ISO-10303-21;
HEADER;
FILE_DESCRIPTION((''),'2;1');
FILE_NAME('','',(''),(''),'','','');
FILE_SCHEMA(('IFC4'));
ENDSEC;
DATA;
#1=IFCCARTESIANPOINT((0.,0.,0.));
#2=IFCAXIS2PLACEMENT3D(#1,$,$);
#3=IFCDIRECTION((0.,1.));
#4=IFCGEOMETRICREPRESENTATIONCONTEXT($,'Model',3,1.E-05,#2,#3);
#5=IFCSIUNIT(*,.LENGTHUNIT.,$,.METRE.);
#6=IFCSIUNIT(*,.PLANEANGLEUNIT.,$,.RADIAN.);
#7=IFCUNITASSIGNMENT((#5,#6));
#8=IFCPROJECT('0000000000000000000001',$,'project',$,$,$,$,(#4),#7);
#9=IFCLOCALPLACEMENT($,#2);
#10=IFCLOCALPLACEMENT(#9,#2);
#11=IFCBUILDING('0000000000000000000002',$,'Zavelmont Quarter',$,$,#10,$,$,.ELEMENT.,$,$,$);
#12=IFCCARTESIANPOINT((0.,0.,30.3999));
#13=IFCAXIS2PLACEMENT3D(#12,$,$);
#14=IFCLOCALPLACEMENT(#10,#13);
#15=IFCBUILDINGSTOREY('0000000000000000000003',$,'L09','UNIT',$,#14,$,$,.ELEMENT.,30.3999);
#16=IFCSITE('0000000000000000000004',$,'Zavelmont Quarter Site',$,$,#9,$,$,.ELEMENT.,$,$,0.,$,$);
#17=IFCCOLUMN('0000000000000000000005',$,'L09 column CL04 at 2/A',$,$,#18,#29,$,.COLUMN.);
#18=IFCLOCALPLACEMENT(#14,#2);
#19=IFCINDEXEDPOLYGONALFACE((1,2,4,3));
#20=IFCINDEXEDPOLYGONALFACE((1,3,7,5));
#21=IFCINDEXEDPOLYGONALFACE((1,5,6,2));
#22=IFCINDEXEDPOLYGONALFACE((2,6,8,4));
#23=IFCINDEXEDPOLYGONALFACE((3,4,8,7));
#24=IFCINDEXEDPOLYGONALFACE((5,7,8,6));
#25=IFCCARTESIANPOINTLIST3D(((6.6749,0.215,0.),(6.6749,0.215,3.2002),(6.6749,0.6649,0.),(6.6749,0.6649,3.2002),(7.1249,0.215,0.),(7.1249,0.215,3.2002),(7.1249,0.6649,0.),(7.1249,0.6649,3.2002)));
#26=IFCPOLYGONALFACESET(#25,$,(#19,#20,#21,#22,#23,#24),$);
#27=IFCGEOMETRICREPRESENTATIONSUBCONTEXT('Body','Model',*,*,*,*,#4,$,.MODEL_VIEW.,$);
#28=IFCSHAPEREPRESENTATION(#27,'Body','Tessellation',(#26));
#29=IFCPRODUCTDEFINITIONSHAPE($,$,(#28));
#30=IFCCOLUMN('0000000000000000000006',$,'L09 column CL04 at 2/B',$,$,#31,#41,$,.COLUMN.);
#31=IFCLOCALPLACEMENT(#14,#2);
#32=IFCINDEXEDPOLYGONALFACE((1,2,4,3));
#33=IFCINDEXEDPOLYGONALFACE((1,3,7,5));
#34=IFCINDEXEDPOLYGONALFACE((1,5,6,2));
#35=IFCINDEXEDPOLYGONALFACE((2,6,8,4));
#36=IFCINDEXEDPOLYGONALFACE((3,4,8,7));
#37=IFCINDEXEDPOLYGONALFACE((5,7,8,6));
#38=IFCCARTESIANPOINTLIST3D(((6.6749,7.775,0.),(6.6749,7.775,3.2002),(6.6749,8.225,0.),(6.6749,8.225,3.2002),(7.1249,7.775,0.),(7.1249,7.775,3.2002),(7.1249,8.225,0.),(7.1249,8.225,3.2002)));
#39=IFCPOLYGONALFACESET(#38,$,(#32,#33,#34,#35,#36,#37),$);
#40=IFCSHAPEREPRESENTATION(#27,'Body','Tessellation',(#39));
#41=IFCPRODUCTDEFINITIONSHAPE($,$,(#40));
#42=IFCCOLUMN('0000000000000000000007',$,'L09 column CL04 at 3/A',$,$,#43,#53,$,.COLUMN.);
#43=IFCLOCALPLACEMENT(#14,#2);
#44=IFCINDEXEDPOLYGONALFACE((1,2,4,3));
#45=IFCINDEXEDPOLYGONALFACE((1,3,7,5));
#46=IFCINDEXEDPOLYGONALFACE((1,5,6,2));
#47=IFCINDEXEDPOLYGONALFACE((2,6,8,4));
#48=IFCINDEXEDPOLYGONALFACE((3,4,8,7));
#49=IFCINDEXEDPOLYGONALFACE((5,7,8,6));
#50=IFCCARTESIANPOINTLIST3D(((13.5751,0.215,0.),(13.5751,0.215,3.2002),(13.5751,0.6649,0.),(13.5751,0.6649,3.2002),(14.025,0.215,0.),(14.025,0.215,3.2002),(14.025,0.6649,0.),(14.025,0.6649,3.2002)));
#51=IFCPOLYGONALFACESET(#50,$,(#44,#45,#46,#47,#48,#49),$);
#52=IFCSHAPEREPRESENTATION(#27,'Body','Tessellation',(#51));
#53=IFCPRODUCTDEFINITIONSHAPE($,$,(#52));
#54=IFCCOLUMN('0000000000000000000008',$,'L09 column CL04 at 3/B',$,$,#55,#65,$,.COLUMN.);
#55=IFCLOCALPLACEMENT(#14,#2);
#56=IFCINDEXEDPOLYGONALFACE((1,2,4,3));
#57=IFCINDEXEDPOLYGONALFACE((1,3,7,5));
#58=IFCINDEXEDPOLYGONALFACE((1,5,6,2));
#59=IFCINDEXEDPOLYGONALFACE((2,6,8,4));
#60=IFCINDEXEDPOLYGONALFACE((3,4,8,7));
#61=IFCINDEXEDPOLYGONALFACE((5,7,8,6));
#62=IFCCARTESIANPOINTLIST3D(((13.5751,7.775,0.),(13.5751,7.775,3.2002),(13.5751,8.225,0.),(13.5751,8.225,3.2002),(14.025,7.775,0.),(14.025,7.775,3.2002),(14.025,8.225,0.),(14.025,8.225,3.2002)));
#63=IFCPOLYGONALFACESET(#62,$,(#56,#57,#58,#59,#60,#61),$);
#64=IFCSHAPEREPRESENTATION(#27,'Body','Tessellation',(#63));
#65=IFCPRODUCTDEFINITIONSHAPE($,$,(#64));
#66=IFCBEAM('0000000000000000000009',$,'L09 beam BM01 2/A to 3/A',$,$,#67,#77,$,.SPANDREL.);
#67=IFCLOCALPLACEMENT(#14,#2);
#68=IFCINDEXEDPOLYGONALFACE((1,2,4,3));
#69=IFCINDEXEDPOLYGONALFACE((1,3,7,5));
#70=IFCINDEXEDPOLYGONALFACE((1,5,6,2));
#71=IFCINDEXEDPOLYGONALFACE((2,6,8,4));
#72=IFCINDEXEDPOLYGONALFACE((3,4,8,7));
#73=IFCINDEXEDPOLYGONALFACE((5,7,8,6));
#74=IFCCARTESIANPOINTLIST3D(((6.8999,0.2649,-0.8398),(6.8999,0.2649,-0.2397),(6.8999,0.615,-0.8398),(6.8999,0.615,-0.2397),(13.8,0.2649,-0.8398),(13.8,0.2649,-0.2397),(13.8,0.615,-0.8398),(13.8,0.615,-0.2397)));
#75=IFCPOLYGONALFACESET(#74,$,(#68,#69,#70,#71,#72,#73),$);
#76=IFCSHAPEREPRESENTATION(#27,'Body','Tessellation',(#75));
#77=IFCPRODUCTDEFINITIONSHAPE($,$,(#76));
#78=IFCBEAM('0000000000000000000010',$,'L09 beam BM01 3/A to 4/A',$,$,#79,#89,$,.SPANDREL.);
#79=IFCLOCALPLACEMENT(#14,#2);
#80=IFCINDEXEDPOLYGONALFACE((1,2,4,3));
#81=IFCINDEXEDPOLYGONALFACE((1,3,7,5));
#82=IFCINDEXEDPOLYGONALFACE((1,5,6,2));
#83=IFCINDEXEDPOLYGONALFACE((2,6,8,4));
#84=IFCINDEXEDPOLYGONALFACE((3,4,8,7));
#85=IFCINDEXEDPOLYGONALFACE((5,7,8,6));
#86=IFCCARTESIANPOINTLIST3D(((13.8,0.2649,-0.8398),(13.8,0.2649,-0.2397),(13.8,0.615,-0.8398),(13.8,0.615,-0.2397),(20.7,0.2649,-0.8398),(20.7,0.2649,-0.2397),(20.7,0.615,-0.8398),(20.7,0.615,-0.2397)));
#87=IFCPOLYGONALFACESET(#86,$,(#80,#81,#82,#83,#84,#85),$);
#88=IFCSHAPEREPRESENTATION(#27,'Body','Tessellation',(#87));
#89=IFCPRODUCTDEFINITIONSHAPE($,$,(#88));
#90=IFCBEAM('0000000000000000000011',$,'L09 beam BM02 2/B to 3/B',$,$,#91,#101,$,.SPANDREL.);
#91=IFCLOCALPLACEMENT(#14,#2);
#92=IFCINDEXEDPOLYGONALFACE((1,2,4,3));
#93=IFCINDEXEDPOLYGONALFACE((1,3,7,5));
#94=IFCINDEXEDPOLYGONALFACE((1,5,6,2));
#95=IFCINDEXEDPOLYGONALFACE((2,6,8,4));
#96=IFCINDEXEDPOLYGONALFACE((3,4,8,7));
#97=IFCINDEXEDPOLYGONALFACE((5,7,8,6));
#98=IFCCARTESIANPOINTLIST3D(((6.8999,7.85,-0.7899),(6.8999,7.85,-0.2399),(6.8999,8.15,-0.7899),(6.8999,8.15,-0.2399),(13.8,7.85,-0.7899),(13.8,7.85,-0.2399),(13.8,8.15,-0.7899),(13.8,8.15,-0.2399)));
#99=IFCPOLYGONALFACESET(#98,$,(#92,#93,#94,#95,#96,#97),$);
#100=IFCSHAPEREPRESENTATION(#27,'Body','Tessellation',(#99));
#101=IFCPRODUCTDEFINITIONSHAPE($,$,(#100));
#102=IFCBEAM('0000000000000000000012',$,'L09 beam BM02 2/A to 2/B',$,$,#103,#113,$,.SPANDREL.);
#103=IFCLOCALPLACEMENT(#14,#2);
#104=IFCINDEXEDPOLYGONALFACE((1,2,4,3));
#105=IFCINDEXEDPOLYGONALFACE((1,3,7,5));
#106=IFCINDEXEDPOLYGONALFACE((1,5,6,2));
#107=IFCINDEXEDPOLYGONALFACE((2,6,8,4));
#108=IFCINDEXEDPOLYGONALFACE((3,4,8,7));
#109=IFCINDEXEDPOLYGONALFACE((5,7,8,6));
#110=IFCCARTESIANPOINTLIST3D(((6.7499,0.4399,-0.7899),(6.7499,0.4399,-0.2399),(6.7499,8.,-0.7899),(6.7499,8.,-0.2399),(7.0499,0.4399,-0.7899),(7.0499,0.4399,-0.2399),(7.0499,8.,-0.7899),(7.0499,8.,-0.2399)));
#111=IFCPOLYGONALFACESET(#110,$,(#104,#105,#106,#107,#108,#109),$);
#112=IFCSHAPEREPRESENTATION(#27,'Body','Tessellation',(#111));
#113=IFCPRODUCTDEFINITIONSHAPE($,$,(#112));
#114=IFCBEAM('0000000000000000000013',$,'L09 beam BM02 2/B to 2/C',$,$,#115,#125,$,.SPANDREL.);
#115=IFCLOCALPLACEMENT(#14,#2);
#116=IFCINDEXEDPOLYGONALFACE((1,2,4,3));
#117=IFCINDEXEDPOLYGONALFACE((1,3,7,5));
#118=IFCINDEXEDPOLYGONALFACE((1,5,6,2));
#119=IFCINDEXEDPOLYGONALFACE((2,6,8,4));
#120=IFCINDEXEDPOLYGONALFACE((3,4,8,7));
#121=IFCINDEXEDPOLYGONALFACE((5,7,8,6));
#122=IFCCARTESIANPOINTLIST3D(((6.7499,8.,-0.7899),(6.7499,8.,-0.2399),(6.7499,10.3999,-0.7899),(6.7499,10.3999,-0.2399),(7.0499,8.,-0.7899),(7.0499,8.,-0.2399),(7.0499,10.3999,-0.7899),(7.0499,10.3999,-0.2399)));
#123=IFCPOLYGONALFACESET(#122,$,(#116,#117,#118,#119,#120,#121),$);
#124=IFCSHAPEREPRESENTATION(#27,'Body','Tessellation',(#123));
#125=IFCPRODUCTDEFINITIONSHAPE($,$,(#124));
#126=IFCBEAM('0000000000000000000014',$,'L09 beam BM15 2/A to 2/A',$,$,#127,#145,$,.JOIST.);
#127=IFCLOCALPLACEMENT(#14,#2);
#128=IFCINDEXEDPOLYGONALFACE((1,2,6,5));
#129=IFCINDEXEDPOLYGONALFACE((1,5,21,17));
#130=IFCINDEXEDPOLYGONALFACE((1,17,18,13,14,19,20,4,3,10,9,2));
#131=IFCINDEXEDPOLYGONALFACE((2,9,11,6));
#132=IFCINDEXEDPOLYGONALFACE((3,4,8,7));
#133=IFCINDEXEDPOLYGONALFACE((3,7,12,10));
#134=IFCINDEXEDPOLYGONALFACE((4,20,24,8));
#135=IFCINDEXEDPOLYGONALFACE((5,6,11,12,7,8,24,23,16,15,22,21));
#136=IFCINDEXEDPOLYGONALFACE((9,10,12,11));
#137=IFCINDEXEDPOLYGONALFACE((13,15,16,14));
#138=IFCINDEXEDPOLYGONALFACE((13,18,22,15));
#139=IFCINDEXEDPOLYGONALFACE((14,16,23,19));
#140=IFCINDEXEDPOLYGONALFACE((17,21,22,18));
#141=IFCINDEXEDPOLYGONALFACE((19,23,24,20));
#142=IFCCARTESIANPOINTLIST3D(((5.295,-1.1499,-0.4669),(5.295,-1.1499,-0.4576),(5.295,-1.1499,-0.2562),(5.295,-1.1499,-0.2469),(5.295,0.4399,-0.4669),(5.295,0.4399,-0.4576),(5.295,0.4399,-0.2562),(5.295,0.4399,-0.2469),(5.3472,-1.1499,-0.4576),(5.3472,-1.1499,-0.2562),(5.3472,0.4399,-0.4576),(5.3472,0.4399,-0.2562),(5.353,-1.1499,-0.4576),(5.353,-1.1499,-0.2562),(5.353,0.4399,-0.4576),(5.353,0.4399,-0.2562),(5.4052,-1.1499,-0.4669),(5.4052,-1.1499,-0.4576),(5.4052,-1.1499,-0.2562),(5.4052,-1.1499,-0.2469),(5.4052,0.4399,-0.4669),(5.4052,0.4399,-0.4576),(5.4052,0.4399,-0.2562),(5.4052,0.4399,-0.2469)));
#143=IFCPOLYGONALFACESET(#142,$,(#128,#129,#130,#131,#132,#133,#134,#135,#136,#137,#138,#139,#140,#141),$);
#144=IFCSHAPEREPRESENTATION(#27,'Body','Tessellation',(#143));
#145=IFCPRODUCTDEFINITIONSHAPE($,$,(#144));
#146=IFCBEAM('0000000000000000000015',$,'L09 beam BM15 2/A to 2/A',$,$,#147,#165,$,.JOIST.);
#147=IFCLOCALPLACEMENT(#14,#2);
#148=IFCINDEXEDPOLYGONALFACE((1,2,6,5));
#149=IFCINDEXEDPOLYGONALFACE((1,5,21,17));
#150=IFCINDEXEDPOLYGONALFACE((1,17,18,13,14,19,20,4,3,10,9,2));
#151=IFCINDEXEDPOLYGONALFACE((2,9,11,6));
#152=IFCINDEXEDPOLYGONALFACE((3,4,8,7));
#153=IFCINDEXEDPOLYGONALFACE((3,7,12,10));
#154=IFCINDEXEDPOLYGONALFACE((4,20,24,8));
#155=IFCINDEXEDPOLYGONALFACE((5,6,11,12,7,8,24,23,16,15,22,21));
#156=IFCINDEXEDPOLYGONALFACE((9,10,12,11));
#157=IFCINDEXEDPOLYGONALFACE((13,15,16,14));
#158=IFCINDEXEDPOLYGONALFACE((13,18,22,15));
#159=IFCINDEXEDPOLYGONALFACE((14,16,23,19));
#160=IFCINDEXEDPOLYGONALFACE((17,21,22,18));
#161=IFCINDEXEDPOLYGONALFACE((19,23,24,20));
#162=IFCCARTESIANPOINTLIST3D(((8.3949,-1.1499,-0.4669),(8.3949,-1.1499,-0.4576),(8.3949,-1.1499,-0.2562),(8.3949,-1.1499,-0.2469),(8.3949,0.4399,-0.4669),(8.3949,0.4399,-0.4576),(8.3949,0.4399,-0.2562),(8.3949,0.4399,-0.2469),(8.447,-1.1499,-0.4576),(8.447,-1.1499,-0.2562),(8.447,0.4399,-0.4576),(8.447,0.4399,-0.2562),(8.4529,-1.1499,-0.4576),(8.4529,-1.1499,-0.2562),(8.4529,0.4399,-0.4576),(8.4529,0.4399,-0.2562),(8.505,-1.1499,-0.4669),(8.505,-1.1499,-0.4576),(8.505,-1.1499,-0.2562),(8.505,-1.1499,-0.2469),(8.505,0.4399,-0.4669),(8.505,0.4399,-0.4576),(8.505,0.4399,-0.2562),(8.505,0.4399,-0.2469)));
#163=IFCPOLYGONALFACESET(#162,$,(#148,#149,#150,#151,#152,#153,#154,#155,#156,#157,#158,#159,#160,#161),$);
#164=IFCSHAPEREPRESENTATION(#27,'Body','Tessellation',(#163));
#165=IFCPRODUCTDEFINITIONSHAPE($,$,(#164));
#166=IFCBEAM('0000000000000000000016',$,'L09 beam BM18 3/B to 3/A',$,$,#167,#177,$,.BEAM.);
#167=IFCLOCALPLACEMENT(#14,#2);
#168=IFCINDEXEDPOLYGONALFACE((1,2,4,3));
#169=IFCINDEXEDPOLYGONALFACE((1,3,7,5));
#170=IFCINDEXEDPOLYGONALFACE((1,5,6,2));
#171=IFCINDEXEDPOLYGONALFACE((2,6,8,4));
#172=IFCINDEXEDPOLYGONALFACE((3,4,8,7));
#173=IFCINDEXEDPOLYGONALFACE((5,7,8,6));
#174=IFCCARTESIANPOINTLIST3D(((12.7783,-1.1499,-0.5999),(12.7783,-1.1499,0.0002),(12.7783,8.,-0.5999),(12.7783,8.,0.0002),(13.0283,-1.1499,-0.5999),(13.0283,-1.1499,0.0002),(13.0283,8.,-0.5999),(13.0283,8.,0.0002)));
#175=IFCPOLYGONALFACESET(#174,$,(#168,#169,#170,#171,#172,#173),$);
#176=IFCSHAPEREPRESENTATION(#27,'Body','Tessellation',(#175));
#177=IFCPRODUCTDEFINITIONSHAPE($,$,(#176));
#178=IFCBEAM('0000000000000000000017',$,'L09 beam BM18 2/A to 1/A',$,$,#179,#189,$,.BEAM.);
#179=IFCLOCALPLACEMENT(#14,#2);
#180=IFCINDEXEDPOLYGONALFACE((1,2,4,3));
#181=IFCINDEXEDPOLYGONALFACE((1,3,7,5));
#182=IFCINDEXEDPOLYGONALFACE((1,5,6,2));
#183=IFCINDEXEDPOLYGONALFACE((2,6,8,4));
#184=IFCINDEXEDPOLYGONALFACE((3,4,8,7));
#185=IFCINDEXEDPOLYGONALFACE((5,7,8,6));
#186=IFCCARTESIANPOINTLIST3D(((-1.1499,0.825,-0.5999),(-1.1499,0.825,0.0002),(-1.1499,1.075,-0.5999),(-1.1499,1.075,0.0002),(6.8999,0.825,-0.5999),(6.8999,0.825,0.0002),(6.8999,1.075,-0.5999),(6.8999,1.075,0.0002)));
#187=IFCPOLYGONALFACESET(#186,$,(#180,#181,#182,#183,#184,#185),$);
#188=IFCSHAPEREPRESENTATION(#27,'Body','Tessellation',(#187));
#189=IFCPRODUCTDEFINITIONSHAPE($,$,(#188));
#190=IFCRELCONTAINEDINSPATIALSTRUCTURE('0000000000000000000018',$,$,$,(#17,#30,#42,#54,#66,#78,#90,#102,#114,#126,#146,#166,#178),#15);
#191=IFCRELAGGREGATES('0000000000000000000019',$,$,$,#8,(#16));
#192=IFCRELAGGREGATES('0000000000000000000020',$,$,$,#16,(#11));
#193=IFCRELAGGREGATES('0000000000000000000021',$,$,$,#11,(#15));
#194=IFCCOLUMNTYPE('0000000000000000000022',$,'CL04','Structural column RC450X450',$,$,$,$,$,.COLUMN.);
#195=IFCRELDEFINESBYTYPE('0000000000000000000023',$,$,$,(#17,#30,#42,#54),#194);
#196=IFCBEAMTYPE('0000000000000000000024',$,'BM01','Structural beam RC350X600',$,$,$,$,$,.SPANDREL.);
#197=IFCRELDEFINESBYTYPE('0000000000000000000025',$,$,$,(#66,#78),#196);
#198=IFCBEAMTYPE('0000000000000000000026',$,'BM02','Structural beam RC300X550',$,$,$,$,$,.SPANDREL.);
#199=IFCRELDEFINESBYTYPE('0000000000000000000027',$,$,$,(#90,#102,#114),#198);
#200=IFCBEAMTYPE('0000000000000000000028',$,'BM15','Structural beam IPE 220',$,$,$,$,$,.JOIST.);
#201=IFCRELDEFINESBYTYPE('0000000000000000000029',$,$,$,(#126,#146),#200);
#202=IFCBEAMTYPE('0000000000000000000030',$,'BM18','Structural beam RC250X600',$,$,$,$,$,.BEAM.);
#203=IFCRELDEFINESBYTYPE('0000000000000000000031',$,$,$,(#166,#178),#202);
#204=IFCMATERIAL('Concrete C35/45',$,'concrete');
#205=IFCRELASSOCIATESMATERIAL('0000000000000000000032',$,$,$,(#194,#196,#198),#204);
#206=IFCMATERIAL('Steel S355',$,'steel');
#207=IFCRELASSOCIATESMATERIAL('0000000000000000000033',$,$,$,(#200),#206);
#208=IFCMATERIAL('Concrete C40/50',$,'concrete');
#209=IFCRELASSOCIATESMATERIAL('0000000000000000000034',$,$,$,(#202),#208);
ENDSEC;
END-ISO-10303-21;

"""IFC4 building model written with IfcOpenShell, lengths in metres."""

from ifc_helpers import new_model, si_unit, direction, frame, origin, origin_2d, place, context, subcontext, project, spatial, rectangle, i_section, extrude, material, material_profile, profile_set, type_object, element, save


model = new_model("IFC4")

# Units and contexts
model_context = context("Model", 3, precision=1e-05, world=origin(), true_north=direction((0.0, 1.0)))
body_context = subcontext(model_context, "Body", "Model", "MODEL_VIEW")
ifc_project = project(units=[si_unit("LENGTHUNIT", "METRE"), si_unit("PLANEANGLEUNIT", "RADIAN")], contexts=[model_context])

# Site, building, storey
site_placement = place(None, origin())
site = spatial("IfcSite", under=ifc_project, at=site_placement, Name="Zavelmont Quarter Site", CompositionType="ELEMENT", RefElevation=0.0)
building_placement = place(site_placement, origin())
building = spatial("IfcBuilding", under=site, at=building_placement, Name="Zavelmont Quarter", CompositionType="ELEMENT")
storey_placement = place(building_placement, frame((0.0, 0.0, 30.3999)))
storey = spatial("IfcBuildingStorey", under=building, at=storey_placement, Name="L09", Description="UNIT", CompositionType="ELEMENT", Elevation=30.3999)

# Columns
ifc_material_1 = material(Name="Concrete C35/45", Category="concrete")
ifc_material_profile_1 = material_profile(ifc_material_1, rectangle(XDim=0.45, YDim=0.45, at=origin_2d()), Name="RC450X450")
ifc_profile_set_1 = profile_set([ifc_material_profile_1], Name="Concrete C35/45")
column_type = type_object("IfcColumnType", Name="CL04", Description="Structural column RC450X450", PredefinedType="COLUMN", material=ifc_profile_set_1)
for number, where, z_axis, x_axis, name in (
    (1, (6.8999, 0.4399, 0.0), (0.0, 0.0, 1.0), (1.0, 0.0, 0.0), "L09 column CL04 at 2/A"),
    (2, (6.8999, 8.0, 0.0), (0.0, 0.0, 1.0), (1.0, 0.0, 0.0), "L09 column CL04 at 2/B"),
    (3, (13.8, 0.4399, 0.0), (0.0, 0.0, 1.0), (1.0, 0.0, 0.0), "L09 column CL04 at 3/A"),
    (4, (13.8, 8.0, 0.0), (0.0, 0.0, 1.0), (1.0, 0.0, 0.0), "L09 column CL04 at 3/B"),
):
    element("IfcColumn", number, at=place(storey_placement, frame(where, z_axis=z_axis, x_axis=x_axis)), inside=storey, type_object=column_type, Name=name, PredefinedType="COLUMN", context=body_context, shape_type="SweptSolid", body=[
        extrude(rectangle(XDim=0.45, YDim=0.45, at=origin_2d()), origin(), (0.0, 0.0, 1.0), 3.2002),
    ])

# Beams
ifc_material_profile_2 = material_profile(ifc_material_1, rectangle(XDim=0.3501, YDim=0.6001, at=origin_2d()), Name="RC350X600")
ifc_profile_set_2 = profile_set([ifc_material_profile_2], Name="Concrete C35/45")
beam_type_1 = type_object("IfcBeamType", Name="BM01", Description="Structural beam RC350X600", PredefinedType="SPANDREL", material=ifc_profile_set_2)
beam_1_placement = place(storey_placement, frame((6.8999, 0.4399, -0.5398), z_axis=(1.0, 0.0, 0.0), x_axis=(0.0, 1.0, 0.0)))
element("IfcBeam", 5, at=beam_1_placement, inside=storey, type_object=beam_type_1, Name="L09 beam BM01 2/A to 3/A", PredefinedType="SPANDREL", context=body_context, shape_type="SweptSolid", body=[
    extrude(rectangle(XDim=0.3501, YDim=0.6001, at=origin_2d()), origin(), (0.0, 0.0, 1.0), 6.9001),
])
beam_2_placement = place(storey_placement, frame((13.8, 0.4399, -0.5398), z_axis=(1.0, 0.0, 0.0), x_axis=(0.0, 1.0, 0.0)))
element("IfcBeam", 6, at=beam_2_placement, inside=storey, type_object=beam_type_1, Name="L09 beam BM01 3/A to 4/A", PredefinedType="SPANDREL", context=body_context, shape_type="SweptSolid", body=[
    extrude(rectangle(XDim=0.3501, YDim=0.6001, at=origin_2d()), origin(), (0.0, 0.0, 1.0), 6.8999),
])
ifc_material_profile_3 = material_profile(ifc_material_1, rectangle(XDim=0.3, YDim=0.55, at=origin_2d()), Name="RC300X550")
ifc_profile_set_3 = profile_set([ifc_material_profile_3], Name="Concrete C35/45")
beam_type_2 = type_object("IfcBeamType", Name="BM02", Description="Structural beam RC300X550", PredefinedType="SPANDREL", material=ifc_profile_set_3)
beam_3_placement = place(storey_placement, frame((6.8999, 8.0, -0.5149), z_axis=(1.0, 0.0, 0.0), x_axis=(0.0, 1.0, 0.0)))
element("IfcBeam", 7, at=beam_3_placement, inside=storey, type_object=beam_type_2, Name="L09 beam BM02 2/B to 3/B", PredefinedType="SPANDREL", context=body_context, shape_type="SweptSolid", body=[
    extrude(rectangle(XDim=0.3, YDim=0.55, at=origin_2d()), origin(), (0.0, 0.0, 1.0), 6.9001),
])
beam_4_placement = place(storey_placement, frame((6.8999, 0.4399, -0.5149), z_axis=(0.0, 1.0, 0.0), x_axis=(-1.0, 0.0, 0.0)))
element("IfcBeam", 8, at=beam_4_placement, inside=storey, type_object=beam_type_2, Name="L09 beam BM02 2/A to 2/B", PredefinedType="SPANDREL", context=body_context, shape_type="SweptSolid", body=[
    extrude(rectangle(XDim=0.3, YDim=0.55, at=origin_2d()), origin(), (0.0, 0.0, 1.0), 7.5601),
])
beam_5_placement = place(storey_placement, frame((6.8999, 8.0, -0.5149), z_axis=(0.0, 1.0, 0.0), x_axis=(-1.0, 0.0, 0.0)))
element("IfcBeam", 9, at=beam_5_placement, inside=storey, type_object=beam_type_2, Name="L09 beam BM02 2/B to 2/C", PredefinedType="SPANDREL", context=body_context, shape_type="SweptSolid", body=[
    extrude(rectangle(XDim=0.3, YDim=0.55, at=origin_2d()), origin(), (0.0, 0.0, 1.0), 2.3999),
])
ifc_material_2 = material(Name="Steel S355", Category="steel")
ifc_material_profile_4 = material_profile(ifc_material_2, i_section(OverallWidth=0.1101, OverallDepth=0.22, WebThickness=0.0059, FlangeThickness=0.0093, at=origin_2d()), Name="IPE 220")
ifc_profile_set_4 = profile_set([ifc_material_profile_4], Name="Steel S355")
beam_type_3 = type_object("IfcBeamType", Name="BM15", Description="Structural beam IPE 220", PredefinedType="JOIST", material=ifc_profile_set_4)
for number, where, z_axis, x_axis, name in (
    (10, (5.3501, 0.4399, -0.3569), (0.0, -1.0, 0.0), (1.0, 0.0, 0.0), "L09 beam BM15 2/A to 2/A"),
    (11, (8.45, 0.4399, -0.3569), (0.0, -1.0, 0.0), (1.0, 0.0, 0.0), "L09 beam BM15 2/A to 2/A"),
):
    element("IfcBeam", number, at=place(storey_placement, frame(where, z_axis=z_axis, x_axis=x_axis)), inside=storey, type_object=beam_type_3, Name=name, PredefinedType="JOIST", context=body_context, shape_type="SweptSolid", body=[
        extrude(i_section(OverallWidth=0.1101, OverallDepth=0.22, WebThickness=0.0059, FlangeThickness=0.0093, at=origin_2d()), origin(), (0.0, 0.0, 1.0), 1.5898),
    ])
ifc_material_3 = material(Name="Concrete C40/50", Category="concrete")
ifc_material_profile_5 = material_profile(ifc_material_3, rectangle(XDim=0.25, YDim=0.6001, at=origin_2d()), Name="RC250X600")
ifc_profile_set_5 = profile_set([ifc_material_profile_5], Name="Concrete C40/50")
beam_type_4 = type_object("IfcBeamType", Name="BM18", Description="Structural beam RC250X600", PredefinedType="BEAM", material=ifc_profile_set_5)
beam_6_placement = place(storey_placement, frame((12.9033, 8.0, -0.2998), z_axis=(0.0, -1.0, 0.0), x_axis=(1.0, 0.0, 0.0)))
element("IfcBeam", 12, at=beam_6_placement, inside=storey, type_object=beam_type_4, Name="L09 beam BM18 3/B to 3/A", PredefinedType="BEAM", context=body_context, shape_type="SweptSolid", body=[
    extrude(rectangle(XDim=0.25, YDim=0.6001, at=origin_2d()), origin(), (0.0, 0.0, 1.0), 9.1499),
])
beam_7_placement = place(storey_placement, frame((6.8999, 0.95, -0.2998), z_axis=(-1.0, 0.0, 0.0), x_axis=(0.0, -1.0, 0.0)))
element("IfcBeam", 13, at=beam_7_placement, inside=storey, type_object=beam_type_4, Name="L09 beam BM18 2/A to 1/A", PredefinedType="BEAM", context=body_context, shape_type="SweptSolid", body=[
    extrude(rectangle(XDim=0.25, YDim=0.6001, at=origin_2d()), origin(), (0.0, 0.0, 1.0), 8.0498),
])

save(model, "model.ifc")
